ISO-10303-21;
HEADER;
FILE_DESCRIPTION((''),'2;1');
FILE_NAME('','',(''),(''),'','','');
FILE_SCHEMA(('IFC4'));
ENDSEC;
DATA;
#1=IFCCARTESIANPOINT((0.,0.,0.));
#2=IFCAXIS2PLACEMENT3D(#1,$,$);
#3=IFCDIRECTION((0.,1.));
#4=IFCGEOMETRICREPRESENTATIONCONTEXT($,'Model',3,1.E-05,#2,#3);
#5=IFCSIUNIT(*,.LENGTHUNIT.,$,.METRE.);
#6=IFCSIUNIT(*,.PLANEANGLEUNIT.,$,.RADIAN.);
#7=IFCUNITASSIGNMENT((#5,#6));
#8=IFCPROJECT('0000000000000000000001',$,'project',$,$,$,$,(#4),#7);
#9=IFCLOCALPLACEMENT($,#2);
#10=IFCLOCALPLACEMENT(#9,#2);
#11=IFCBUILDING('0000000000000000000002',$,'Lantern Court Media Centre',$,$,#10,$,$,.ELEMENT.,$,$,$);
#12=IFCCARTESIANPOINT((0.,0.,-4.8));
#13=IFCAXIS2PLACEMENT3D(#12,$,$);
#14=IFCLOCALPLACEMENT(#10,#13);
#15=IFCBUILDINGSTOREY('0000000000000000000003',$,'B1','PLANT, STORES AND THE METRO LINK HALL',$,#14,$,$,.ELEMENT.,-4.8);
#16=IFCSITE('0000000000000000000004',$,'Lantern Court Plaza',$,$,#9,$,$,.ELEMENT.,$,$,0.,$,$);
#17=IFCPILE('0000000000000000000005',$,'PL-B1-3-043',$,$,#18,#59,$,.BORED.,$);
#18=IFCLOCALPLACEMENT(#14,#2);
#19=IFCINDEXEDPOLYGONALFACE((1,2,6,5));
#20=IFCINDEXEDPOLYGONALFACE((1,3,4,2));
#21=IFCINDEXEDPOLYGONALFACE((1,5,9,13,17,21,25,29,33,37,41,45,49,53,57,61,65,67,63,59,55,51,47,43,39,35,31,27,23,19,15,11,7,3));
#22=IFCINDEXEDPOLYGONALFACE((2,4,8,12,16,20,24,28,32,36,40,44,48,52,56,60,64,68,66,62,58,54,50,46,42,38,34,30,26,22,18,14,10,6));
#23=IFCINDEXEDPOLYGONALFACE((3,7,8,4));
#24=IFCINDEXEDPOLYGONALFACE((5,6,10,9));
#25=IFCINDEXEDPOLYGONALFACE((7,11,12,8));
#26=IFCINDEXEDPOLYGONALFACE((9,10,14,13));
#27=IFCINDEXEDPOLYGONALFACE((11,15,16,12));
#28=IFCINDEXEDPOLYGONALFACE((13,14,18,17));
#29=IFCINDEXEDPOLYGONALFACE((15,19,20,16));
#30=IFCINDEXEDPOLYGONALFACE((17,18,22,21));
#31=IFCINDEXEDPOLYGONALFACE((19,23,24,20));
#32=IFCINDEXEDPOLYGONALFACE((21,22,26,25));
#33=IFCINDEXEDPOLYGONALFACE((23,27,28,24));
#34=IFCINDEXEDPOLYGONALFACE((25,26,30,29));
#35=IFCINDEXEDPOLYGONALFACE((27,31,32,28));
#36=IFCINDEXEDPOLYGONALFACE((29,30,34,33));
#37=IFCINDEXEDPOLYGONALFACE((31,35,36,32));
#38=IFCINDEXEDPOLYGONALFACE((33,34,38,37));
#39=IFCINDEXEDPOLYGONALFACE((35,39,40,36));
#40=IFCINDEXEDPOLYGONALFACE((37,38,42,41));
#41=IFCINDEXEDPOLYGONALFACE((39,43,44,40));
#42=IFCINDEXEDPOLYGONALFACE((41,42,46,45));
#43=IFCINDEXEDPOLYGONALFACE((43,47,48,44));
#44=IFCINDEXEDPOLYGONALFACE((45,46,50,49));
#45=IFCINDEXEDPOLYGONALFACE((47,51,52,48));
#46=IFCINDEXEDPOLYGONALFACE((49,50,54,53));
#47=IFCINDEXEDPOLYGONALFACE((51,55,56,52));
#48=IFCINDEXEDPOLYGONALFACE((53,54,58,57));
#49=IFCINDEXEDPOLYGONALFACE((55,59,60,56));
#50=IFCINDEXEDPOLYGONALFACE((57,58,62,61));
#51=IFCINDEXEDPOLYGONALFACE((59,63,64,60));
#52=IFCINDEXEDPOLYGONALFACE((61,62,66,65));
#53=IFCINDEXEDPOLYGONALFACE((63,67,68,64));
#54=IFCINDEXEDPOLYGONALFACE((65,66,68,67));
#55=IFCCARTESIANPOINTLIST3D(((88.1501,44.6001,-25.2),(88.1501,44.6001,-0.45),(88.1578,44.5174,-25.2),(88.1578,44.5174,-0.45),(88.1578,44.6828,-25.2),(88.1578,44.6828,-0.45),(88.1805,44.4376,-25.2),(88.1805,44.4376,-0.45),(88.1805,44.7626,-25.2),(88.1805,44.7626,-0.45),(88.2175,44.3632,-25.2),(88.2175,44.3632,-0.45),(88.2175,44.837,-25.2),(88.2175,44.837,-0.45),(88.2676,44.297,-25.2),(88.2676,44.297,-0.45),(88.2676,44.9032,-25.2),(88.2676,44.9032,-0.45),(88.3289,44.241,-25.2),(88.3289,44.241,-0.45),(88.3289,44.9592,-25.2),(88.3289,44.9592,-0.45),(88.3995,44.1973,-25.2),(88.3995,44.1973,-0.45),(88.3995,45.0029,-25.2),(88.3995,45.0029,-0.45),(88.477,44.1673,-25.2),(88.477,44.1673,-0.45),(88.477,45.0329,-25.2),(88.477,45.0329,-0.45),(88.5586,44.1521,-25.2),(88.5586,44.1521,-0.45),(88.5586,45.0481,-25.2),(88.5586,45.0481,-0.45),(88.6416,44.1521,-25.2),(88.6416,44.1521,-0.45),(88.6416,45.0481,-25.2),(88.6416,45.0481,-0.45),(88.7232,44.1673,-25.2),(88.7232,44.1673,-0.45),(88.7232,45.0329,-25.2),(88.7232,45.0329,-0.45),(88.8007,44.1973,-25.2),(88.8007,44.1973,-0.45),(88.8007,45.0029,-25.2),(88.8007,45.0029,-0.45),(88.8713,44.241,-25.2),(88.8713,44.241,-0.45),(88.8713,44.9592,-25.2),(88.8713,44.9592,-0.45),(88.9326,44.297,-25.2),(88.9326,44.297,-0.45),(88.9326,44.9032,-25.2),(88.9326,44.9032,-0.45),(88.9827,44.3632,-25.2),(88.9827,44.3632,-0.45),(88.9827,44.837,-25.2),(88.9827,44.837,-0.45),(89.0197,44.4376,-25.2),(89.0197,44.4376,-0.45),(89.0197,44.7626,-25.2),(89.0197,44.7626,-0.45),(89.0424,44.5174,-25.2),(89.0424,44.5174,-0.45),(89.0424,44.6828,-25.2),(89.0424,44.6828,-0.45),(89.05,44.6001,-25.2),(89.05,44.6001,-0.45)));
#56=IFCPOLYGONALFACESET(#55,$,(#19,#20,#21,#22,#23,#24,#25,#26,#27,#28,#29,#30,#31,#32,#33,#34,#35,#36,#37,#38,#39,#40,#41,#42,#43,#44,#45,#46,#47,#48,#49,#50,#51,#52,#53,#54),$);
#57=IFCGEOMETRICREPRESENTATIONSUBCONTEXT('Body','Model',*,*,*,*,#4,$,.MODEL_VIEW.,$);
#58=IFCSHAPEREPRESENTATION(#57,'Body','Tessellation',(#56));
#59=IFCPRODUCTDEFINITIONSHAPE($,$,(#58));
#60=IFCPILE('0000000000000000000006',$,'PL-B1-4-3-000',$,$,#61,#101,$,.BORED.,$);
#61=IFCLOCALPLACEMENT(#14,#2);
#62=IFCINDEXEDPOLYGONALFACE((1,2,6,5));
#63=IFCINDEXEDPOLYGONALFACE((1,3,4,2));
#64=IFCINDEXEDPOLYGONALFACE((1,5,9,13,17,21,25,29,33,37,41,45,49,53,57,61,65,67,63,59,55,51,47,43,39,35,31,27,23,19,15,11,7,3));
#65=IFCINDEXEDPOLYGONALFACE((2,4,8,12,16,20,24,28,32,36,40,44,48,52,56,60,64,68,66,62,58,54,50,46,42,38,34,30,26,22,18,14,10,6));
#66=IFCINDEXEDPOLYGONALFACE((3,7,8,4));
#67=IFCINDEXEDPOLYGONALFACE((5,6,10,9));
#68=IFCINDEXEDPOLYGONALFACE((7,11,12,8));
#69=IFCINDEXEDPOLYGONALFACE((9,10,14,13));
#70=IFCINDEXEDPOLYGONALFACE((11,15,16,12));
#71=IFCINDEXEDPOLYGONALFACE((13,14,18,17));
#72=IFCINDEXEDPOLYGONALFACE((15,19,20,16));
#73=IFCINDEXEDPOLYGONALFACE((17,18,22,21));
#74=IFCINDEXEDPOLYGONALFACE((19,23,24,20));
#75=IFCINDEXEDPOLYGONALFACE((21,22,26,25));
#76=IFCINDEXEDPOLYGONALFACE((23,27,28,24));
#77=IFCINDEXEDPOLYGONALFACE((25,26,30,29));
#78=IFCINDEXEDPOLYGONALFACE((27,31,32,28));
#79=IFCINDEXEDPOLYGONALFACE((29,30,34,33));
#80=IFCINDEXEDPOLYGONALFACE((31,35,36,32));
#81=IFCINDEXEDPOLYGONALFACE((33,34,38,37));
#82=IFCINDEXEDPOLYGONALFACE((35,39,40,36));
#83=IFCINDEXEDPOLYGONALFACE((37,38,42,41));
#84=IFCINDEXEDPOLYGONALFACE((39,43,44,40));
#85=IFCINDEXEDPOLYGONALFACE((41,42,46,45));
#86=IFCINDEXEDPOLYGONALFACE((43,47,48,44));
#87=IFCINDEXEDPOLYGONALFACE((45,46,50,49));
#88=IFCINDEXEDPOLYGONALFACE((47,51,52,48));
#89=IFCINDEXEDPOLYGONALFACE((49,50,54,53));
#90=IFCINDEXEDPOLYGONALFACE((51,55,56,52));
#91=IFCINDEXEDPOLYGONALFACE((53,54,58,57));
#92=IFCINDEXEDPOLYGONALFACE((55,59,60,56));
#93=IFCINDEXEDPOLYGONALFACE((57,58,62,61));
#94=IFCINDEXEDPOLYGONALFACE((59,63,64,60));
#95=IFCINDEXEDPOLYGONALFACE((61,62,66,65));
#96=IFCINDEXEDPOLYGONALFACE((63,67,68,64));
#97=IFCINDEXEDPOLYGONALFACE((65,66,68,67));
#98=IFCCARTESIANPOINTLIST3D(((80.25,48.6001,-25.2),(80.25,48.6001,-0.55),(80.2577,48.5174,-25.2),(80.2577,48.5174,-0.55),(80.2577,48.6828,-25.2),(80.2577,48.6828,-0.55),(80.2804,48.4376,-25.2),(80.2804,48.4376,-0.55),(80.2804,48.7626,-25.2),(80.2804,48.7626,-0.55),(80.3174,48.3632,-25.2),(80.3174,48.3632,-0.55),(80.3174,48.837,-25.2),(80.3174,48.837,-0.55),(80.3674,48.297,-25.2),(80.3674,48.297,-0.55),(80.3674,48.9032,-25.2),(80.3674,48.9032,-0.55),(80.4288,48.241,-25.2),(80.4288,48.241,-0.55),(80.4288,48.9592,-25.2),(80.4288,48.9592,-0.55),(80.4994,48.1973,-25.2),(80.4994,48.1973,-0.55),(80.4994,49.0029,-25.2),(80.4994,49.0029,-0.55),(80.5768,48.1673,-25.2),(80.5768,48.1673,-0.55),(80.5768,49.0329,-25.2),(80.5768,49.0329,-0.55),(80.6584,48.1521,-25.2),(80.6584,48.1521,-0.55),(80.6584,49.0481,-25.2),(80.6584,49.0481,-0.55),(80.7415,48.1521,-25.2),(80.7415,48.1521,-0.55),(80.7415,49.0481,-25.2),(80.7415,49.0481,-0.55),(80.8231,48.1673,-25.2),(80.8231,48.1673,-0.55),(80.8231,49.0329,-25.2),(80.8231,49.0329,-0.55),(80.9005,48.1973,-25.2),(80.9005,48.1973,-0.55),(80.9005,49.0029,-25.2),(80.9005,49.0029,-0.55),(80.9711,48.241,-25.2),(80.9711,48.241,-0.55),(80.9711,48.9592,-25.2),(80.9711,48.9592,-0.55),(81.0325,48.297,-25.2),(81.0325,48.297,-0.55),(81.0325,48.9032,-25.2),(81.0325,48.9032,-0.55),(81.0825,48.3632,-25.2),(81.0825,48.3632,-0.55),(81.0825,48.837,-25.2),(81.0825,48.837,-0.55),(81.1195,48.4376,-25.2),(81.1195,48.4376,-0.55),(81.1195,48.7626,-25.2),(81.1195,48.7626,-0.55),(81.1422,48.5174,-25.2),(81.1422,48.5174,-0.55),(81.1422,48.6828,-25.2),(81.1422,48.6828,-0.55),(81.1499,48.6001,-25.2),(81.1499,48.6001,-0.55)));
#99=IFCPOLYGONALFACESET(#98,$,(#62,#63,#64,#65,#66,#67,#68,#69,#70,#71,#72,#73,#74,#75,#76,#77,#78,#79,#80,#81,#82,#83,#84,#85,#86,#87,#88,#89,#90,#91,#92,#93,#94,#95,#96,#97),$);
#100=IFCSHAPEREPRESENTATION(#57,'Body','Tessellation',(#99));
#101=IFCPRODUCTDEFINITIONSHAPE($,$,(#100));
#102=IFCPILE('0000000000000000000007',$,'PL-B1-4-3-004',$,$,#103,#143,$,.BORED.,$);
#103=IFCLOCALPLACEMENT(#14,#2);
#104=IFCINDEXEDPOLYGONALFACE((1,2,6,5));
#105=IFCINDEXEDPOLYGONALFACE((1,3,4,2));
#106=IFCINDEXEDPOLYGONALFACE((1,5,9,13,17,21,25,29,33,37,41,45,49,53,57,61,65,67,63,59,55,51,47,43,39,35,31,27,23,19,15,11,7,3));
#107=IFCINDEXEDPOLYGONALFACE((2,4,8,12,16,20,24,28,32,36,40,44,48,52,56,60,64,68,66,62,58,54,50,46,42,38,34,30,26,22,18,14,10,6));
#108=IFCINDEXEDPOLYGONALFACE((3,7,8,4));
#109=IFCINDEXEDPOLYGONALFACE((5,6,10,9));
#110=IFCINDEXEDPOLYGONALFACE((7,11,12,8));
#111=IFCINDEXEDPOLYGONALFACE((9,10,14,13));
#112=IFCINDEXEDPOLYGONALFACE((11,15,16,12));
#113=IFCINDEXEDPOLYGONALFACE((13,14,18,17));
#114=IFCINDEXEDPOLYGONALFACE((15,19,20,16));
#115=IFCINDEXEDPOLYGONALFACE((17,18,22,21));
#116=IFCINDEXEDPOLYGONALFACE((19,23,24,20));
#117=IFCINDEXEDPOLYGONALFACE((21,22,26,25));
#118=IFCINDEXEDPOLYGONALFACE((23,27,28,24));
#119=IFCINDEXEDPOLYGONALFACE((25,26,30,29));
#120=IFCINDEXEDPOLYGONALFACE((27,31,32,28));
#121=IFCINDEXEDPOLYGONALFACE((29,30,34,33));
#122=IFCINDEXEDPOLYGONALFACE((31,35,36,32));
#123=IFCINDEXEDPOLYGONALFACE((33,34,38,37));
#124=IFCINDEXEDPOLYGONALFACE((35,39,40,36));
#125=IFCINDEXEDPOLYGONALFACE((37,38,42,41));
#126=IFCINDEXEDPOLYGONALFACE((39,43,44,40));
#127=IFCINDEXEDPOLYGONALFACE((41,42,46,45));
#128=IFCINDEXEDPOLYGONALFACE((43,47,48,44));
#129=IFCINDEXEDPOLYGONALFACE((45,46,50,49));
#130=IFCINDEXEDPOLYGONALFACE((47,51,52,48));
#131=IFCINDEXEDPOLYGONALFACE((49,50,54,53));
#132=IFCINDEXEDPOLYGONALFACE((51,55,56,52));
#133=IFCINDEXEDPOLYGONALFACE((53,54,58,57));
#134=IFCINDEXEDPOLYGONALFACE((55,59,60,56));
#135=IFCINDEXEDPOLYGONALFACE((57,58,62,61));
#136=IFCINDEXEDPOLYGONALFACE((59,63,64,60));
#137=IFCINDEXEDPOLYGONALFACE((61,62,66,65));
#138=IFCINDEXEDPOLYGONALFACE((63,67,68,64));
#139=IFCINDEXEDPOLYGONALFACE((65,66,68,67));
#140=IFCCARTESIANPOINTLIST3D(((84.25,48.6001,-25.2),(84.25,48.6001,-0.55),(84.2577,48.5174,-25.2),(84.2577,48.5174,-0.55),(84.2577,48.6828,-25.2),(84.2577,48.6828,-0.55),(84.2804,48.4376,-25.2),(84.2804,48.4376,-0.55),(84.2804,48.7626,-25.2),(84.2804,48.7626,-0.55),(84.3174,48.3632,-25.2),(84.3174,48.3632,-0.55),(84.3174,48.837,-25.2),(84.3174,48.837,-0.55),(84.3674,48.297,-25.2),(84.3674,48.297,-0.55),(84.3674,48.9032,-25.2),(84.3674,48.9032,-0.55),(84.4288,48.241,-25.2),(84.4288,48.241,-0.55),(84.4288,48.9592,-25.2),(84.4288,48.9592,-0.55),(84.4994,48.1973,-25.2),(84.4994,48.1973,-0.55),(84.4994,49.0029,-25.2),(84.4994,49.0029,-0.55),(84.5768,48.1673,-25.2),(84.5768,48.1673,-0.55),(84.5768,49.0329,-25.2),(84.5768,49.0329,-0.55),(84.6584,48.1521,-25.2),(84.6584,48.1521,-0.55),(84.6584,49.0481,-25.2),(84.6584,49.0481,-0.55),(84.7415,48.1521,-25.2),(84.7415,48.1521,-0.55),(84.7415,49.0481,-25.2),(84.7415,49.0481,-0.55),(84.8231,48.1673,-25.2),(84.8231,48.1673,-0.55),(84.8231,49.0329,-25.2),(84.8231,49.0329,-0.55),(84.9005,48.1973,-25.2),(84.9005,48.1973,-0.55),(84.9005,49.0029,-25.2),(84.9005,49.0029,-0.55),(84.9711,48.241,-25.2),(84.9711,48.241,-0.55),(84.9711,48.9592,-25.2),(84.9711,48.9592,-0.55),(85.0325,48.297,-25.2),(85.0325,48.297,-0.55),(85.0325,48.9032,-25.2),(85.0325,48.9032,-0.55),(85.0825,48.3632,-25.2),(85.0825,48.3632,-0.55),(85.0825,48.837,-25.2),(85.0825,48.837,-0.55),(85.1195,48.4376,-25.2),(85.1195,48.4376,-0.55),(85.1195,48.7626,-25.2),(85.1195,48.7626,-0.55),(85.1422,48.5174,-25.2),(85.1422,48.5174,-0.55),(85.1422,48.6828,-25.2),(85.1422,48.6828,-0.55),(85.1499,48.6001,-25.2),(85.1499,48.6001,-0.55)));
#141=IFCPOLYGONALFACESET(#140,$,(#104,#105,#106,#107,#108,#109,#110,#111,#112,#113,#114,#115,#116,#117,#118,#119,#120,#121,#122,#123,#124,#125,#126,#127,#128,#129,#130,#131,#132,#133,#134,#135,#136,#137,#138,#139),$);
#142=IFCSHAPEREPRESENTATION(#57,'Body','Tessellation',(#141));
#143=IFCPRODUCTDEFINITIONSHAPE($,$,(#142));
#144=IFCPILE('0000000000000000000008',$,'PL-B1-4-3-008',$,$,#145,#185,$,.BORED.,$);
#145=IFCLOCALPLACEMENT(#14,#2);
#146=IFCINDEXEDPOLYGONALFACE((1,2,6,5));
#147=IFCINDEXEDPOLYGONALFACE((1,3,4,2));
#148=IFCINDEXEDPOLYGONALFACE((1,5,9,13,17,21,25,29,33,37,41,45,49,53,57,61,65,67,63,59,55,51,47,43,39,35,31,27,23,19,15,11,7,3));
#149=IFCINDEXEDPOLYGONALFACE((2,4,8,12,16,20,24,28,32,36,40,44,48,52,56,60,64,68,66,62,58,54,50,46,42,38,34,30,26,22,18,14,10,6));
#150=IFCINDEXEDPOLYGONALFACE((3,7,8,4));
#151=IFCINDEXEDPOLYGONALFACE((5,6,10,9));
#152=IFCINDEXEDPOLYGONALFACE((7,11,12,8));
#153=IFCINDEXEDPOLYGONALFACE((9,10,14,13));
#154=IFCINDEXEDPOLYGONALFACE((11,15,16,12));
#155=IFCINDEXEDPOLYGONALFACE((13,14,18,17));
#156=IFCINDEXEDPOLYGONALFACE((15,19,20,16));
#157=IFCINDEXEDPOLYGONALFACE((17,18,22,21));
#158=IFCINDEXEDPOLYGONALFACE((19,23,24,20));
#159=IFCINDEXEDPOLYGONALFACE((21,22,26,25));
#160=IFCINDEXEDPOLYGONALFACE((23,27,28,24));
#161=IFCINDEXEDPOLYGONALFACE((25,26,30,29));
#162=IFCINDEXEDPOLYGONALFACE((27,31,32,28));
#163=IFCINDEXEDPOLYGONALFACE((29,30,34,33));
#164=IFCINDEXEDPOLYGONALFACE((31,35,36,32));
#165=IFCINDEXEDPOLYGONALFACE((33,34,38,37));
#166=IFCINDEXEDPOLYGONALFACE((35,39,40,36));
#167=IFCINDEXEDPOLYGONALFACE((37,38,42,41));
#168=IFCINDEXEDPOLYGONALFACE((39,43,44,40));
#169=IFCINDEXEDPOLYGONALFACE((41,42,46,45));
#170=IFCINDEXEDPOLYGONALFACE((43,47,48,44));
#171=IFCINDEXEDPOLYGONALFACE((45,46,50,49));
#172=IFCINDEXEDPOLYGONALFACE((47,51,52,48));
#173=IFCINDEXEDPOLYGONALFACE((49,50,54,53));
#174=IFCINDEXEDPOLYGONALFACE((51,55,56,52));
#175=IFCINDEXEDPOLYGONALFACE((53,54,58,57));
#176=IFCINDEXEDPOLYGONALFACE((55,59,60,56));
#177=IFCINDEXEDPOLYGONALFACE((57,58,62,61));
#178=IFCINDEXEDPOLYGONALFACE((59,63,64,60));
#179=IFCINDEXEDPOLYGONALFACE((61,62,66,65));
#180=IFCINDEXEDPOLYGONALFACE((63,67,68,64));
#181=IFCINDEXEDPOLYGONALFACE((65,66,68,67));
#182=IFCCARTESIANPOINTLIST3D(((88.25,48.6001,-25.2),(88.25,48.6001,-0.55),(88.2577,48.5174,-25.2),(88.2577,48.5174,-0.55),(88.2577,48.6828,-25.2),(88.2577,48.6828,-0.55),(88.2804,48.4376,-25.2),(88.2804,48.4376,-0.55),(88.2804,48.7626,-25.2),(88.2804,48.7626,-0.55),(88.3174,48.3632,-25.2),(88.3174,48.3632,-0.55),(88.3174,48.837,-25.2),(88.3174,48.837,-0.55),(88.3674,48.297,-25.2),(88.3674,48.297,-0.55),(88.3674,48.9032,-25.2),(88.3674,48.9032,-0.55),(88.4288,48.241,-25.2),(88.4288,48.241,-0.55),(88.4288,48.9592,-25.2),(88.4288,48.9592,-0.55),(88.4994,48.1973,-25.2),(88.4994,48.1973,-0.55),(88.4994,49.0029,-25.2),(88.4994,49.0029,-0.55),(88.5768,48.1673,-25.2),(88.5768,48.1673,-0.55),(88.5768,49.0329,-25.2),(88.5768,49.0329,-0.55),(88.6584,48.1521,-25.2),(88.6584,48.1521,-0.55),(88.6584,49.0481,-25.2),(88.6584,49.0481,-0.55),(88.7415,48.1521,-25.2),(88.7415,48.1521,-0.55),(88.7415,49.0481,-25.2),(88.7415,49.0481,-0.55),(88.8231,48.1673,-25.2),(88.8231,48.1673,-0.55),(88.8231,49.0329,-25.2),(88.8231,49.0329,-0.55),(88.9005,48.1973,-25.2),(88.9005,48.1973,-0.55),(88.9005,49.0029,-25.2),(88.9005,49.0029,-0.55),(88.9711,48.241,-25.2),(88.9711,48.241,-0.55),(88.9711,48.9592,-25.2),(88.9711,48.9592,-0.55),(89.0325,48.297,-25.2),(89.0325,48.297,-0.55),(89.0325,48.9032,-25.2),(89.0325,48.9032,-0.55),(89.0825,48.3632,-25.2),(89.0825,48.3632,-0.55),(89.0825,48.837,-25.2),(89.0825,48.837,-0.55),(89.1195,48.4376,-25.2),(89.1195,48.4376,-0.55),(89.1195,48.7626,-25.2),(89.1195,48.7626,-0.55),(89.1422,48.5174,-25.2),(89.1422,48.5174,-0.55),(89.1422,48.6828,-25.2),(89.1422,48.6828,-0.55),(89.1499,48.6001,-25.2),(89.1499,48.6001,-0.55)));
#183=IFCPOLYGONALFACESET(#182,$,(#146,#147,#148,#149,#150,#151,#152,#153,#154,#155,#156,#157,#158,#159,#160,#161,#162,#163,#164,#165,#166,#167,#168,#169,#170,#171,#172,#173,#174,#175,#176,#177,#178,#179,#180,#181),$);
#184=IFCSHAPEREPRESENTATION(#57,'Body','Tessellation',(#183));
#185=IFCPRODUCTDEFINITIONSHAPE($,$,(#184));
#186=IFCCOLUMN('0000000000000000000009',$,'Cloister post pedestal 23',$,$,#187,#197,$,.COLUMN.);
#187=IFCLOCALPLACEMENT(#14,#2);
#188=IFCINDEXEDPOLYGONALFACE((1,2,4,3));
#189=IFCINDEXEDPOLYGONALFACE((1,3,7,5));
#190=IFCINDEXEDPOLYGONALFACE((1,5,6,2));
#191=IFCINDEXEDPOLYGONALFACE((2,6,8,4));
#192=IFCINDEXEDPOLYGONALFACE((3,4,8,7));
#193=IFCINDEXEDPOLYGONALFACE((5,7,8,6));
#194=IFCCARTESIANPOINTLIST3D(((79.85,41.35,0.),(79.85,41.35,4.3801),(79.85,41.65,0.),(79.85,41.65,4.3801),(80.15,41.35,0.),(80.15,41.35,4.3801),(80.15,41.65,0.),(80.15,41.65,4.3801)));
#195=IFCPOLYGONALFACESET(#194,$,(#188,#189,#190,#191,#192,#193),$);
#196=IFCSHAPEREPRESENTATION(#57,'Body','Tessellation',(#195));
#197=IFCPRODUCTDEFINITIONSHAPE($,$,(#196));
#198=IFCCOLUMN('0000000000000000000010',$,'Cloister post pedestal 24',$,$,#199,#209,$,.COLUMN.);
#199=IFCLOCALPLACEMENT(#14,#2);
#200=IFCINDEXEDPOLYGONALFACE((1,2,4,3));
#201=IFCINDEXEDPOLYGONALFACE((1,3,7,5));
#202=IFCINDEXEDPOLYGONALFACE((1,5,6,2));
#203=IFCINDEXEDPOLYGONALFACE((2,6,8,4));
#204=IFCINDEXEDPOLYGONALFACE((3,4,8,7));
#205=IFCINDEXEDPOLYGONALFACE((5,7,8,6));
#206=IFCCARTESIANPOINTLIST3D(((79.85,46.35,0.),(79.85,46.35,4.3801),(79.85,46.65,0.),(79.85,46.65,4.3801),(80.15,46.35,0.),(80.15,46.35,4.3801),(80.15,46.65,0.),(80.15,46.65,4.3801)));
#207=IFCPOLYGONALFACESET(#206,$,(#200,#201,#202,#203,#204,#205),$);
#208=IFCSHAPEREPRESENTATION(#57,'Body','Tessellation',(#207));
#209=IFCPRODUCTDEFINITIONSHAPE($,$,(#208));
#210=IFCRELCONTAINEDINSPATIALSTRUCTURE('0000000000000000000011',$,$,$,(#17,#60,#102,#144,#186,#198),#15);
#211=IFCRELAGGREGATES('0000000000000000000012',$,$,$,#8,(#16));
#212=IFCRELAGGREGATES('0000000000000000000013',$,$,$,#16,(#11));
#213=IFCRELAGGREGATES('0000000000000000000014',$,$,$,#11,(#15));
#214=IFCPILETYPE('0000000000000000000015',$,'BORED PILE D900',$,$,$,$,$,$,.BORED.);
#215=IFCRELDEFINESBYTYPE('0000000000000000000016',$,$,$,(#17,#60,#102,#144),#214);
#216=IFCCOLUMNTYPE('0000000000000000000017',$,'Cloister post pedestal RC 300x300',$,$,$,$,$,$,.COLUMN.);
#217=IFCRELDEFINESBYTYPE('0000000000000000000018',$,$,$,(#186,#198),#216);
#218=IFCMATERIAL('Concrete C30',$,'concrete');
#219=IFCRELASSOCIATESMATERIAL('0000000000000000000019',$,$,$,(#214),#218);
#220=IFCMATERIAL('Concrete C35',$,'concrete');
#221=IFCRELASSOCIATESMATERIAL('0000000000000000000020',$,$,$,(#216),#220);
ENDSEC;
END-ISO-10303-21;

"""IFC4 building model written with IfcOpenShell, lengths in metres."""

from ifc_helpers import new_model, si_unit, direction, frame, origin, origin_2d, place, context, subcontext, project, spatial, rectangle, circle, extrude, material, material_profile, profile_set, type_object, element, save


model = new_model("IFC4")

# Units and contexts
model_context = context("Model", 3, precision=1e-05, world=origin(), true_north=direction((0.0, 1.0)))
body_context = subcontext(model_context, "Body", "Model", "MODEL_VIEW")
ifc_project = project(units=[si_unit("LENGTHUNIT", "METRE"), si_unit("PLANEANGLEUNIT", "RADIAN")], contexts=[model_context])

# Site, building, storey
site_placement = place(None, origin())
site = spatial("IfcSite", under=ifc_project, at=site_placement, Name="Lantern Court Plaza", CompositionType="ELEMENT", RefElevation=0.0)
building_placement = place(site_placement, origin())
building = spatial("IfcBuilding", under=site, at=building_placement, Name="Lantern Court Media Centre", CompositionType="ELEMENT")
storey_placement = place(building_placement, frame((0.0, 0.0, -4.8)))
storey = spatial("IfcBuildingStorey", under=building, at=storey_placement, Name="B1", Description="PLANT, STORES AND THE METRO LINK HALL", CompositionType="ELEMENT", Elevation=-4.8)

# Piles
ifc_material_1 = material(Name="Concrete C30", Category="concrete")
ifc_material_profile_1 = material_profile(ifc_material_1, circle(Radius=0.45, at=origin_2d()), Name="D900")
ifc_profile_set_1 = profile_set([ifc_material_profile_1], Name="Concrete C30")
pile_type = type_object("IfcPileType", Name="BORED PILE D900", PredefinedType="BORED", material=ifc_profile_set_1)
for number, where, z_axis, x_axis, name in (
    (1, (88.6001, 44.6001, -0.45), (0.0, 0.0, -1.0), (1.0, 0.0, 0.0), "PL-B1-3-043"),
):
    element("IfcPile", number, at=place(storey_placement, frame(where, z_axis=z_axis, x_axis=x_axis)), inside=storey, type_object=pile_type, Name=name, PredefinedType="BORED", context=body_context, shape_type="SweptSolid", body=[
        extrude(circle(Radius=0.45, at=origin_2d()), origin(), (0.0, 0.0, 1.0), 24.75),
    ])
for number, where, z_axis, x_axis, name in (
    (2, (80.7, 48.6001, -0.55), (0.0, 0.0, -1.0), (1.0, 0.0, 0.0), "PL-B1-4-3-000"),
    (3, (84.7, 48.6001, -0.55), (0.0, 0.0, -1.0), (1.0, 0.0, 0.0), "PL-B1-4-3-004"),
    (4, (88.7, 48.6001, -0.55), (0.0, 0.0, -1.0), (1.0, 0.0, 0.0), "PL-B1-4-3-008"),
):
    element("IfcPile", number, at=place(storey_placement, frame(where, z_axis=z_axis, x_axis=x_axis)), inside=storey, type_object=pile_type, Name=name, PredefinedType="BORED", context=body_context, shape_type="SweptSolid", body=[
        extrude(circle(Radius=0.45, at=origin_2d()), origin(), (0.0, 0.0, 1.0), 24.6499),
    ])

# Columns
ifc_material_2 = material(Name="Concrete C35", Category="concrete")
ifc_material_profile_2 = material_profile(ifc_material_2, rectangle(XDim=0.3, YDim=0.3, at=origin_2d()), Name="RC 300x300")
ifc_profile_set_2 = profile_set([ifc_material_profile_2], Name="Concrete C35")
column_type_1 = type_object("IfcColumnType", Name="Cloister post pedestal RC 300x300", PredefinedType="COLUMN", material=ifc_profile_set_2)
for number, where, z_axis, x_axis, name in (
    (5, (80.0, 41.5, 0.0), (0.0, 0.0, 1.0), (1.0, 0.0, 0.0), "Cloister post pedestal 23"),
    (6, (80.0, 46.5, 0.0), (0.0, 0.0, 1.0), (1.0, 0.0, 0.0), "Cloister post pedestal 24"),
):
    element("IfcColumn", number, at=place(storey_placement, frame(where, z_axis=z_axis, x_axis=x_axis)), inside=storey, type_object=column_type_1, Name=name, PredefinedType="COLUMN", context=body_context, shape_type="SweptSolid", body=[
        extrude(rectangle(XDim=0.3, YDim=0.3, at=origin_2d()), origin(), (0.0, 0.0, 1.0), 4.3801),
    ])

save(model, "model.ifc")
